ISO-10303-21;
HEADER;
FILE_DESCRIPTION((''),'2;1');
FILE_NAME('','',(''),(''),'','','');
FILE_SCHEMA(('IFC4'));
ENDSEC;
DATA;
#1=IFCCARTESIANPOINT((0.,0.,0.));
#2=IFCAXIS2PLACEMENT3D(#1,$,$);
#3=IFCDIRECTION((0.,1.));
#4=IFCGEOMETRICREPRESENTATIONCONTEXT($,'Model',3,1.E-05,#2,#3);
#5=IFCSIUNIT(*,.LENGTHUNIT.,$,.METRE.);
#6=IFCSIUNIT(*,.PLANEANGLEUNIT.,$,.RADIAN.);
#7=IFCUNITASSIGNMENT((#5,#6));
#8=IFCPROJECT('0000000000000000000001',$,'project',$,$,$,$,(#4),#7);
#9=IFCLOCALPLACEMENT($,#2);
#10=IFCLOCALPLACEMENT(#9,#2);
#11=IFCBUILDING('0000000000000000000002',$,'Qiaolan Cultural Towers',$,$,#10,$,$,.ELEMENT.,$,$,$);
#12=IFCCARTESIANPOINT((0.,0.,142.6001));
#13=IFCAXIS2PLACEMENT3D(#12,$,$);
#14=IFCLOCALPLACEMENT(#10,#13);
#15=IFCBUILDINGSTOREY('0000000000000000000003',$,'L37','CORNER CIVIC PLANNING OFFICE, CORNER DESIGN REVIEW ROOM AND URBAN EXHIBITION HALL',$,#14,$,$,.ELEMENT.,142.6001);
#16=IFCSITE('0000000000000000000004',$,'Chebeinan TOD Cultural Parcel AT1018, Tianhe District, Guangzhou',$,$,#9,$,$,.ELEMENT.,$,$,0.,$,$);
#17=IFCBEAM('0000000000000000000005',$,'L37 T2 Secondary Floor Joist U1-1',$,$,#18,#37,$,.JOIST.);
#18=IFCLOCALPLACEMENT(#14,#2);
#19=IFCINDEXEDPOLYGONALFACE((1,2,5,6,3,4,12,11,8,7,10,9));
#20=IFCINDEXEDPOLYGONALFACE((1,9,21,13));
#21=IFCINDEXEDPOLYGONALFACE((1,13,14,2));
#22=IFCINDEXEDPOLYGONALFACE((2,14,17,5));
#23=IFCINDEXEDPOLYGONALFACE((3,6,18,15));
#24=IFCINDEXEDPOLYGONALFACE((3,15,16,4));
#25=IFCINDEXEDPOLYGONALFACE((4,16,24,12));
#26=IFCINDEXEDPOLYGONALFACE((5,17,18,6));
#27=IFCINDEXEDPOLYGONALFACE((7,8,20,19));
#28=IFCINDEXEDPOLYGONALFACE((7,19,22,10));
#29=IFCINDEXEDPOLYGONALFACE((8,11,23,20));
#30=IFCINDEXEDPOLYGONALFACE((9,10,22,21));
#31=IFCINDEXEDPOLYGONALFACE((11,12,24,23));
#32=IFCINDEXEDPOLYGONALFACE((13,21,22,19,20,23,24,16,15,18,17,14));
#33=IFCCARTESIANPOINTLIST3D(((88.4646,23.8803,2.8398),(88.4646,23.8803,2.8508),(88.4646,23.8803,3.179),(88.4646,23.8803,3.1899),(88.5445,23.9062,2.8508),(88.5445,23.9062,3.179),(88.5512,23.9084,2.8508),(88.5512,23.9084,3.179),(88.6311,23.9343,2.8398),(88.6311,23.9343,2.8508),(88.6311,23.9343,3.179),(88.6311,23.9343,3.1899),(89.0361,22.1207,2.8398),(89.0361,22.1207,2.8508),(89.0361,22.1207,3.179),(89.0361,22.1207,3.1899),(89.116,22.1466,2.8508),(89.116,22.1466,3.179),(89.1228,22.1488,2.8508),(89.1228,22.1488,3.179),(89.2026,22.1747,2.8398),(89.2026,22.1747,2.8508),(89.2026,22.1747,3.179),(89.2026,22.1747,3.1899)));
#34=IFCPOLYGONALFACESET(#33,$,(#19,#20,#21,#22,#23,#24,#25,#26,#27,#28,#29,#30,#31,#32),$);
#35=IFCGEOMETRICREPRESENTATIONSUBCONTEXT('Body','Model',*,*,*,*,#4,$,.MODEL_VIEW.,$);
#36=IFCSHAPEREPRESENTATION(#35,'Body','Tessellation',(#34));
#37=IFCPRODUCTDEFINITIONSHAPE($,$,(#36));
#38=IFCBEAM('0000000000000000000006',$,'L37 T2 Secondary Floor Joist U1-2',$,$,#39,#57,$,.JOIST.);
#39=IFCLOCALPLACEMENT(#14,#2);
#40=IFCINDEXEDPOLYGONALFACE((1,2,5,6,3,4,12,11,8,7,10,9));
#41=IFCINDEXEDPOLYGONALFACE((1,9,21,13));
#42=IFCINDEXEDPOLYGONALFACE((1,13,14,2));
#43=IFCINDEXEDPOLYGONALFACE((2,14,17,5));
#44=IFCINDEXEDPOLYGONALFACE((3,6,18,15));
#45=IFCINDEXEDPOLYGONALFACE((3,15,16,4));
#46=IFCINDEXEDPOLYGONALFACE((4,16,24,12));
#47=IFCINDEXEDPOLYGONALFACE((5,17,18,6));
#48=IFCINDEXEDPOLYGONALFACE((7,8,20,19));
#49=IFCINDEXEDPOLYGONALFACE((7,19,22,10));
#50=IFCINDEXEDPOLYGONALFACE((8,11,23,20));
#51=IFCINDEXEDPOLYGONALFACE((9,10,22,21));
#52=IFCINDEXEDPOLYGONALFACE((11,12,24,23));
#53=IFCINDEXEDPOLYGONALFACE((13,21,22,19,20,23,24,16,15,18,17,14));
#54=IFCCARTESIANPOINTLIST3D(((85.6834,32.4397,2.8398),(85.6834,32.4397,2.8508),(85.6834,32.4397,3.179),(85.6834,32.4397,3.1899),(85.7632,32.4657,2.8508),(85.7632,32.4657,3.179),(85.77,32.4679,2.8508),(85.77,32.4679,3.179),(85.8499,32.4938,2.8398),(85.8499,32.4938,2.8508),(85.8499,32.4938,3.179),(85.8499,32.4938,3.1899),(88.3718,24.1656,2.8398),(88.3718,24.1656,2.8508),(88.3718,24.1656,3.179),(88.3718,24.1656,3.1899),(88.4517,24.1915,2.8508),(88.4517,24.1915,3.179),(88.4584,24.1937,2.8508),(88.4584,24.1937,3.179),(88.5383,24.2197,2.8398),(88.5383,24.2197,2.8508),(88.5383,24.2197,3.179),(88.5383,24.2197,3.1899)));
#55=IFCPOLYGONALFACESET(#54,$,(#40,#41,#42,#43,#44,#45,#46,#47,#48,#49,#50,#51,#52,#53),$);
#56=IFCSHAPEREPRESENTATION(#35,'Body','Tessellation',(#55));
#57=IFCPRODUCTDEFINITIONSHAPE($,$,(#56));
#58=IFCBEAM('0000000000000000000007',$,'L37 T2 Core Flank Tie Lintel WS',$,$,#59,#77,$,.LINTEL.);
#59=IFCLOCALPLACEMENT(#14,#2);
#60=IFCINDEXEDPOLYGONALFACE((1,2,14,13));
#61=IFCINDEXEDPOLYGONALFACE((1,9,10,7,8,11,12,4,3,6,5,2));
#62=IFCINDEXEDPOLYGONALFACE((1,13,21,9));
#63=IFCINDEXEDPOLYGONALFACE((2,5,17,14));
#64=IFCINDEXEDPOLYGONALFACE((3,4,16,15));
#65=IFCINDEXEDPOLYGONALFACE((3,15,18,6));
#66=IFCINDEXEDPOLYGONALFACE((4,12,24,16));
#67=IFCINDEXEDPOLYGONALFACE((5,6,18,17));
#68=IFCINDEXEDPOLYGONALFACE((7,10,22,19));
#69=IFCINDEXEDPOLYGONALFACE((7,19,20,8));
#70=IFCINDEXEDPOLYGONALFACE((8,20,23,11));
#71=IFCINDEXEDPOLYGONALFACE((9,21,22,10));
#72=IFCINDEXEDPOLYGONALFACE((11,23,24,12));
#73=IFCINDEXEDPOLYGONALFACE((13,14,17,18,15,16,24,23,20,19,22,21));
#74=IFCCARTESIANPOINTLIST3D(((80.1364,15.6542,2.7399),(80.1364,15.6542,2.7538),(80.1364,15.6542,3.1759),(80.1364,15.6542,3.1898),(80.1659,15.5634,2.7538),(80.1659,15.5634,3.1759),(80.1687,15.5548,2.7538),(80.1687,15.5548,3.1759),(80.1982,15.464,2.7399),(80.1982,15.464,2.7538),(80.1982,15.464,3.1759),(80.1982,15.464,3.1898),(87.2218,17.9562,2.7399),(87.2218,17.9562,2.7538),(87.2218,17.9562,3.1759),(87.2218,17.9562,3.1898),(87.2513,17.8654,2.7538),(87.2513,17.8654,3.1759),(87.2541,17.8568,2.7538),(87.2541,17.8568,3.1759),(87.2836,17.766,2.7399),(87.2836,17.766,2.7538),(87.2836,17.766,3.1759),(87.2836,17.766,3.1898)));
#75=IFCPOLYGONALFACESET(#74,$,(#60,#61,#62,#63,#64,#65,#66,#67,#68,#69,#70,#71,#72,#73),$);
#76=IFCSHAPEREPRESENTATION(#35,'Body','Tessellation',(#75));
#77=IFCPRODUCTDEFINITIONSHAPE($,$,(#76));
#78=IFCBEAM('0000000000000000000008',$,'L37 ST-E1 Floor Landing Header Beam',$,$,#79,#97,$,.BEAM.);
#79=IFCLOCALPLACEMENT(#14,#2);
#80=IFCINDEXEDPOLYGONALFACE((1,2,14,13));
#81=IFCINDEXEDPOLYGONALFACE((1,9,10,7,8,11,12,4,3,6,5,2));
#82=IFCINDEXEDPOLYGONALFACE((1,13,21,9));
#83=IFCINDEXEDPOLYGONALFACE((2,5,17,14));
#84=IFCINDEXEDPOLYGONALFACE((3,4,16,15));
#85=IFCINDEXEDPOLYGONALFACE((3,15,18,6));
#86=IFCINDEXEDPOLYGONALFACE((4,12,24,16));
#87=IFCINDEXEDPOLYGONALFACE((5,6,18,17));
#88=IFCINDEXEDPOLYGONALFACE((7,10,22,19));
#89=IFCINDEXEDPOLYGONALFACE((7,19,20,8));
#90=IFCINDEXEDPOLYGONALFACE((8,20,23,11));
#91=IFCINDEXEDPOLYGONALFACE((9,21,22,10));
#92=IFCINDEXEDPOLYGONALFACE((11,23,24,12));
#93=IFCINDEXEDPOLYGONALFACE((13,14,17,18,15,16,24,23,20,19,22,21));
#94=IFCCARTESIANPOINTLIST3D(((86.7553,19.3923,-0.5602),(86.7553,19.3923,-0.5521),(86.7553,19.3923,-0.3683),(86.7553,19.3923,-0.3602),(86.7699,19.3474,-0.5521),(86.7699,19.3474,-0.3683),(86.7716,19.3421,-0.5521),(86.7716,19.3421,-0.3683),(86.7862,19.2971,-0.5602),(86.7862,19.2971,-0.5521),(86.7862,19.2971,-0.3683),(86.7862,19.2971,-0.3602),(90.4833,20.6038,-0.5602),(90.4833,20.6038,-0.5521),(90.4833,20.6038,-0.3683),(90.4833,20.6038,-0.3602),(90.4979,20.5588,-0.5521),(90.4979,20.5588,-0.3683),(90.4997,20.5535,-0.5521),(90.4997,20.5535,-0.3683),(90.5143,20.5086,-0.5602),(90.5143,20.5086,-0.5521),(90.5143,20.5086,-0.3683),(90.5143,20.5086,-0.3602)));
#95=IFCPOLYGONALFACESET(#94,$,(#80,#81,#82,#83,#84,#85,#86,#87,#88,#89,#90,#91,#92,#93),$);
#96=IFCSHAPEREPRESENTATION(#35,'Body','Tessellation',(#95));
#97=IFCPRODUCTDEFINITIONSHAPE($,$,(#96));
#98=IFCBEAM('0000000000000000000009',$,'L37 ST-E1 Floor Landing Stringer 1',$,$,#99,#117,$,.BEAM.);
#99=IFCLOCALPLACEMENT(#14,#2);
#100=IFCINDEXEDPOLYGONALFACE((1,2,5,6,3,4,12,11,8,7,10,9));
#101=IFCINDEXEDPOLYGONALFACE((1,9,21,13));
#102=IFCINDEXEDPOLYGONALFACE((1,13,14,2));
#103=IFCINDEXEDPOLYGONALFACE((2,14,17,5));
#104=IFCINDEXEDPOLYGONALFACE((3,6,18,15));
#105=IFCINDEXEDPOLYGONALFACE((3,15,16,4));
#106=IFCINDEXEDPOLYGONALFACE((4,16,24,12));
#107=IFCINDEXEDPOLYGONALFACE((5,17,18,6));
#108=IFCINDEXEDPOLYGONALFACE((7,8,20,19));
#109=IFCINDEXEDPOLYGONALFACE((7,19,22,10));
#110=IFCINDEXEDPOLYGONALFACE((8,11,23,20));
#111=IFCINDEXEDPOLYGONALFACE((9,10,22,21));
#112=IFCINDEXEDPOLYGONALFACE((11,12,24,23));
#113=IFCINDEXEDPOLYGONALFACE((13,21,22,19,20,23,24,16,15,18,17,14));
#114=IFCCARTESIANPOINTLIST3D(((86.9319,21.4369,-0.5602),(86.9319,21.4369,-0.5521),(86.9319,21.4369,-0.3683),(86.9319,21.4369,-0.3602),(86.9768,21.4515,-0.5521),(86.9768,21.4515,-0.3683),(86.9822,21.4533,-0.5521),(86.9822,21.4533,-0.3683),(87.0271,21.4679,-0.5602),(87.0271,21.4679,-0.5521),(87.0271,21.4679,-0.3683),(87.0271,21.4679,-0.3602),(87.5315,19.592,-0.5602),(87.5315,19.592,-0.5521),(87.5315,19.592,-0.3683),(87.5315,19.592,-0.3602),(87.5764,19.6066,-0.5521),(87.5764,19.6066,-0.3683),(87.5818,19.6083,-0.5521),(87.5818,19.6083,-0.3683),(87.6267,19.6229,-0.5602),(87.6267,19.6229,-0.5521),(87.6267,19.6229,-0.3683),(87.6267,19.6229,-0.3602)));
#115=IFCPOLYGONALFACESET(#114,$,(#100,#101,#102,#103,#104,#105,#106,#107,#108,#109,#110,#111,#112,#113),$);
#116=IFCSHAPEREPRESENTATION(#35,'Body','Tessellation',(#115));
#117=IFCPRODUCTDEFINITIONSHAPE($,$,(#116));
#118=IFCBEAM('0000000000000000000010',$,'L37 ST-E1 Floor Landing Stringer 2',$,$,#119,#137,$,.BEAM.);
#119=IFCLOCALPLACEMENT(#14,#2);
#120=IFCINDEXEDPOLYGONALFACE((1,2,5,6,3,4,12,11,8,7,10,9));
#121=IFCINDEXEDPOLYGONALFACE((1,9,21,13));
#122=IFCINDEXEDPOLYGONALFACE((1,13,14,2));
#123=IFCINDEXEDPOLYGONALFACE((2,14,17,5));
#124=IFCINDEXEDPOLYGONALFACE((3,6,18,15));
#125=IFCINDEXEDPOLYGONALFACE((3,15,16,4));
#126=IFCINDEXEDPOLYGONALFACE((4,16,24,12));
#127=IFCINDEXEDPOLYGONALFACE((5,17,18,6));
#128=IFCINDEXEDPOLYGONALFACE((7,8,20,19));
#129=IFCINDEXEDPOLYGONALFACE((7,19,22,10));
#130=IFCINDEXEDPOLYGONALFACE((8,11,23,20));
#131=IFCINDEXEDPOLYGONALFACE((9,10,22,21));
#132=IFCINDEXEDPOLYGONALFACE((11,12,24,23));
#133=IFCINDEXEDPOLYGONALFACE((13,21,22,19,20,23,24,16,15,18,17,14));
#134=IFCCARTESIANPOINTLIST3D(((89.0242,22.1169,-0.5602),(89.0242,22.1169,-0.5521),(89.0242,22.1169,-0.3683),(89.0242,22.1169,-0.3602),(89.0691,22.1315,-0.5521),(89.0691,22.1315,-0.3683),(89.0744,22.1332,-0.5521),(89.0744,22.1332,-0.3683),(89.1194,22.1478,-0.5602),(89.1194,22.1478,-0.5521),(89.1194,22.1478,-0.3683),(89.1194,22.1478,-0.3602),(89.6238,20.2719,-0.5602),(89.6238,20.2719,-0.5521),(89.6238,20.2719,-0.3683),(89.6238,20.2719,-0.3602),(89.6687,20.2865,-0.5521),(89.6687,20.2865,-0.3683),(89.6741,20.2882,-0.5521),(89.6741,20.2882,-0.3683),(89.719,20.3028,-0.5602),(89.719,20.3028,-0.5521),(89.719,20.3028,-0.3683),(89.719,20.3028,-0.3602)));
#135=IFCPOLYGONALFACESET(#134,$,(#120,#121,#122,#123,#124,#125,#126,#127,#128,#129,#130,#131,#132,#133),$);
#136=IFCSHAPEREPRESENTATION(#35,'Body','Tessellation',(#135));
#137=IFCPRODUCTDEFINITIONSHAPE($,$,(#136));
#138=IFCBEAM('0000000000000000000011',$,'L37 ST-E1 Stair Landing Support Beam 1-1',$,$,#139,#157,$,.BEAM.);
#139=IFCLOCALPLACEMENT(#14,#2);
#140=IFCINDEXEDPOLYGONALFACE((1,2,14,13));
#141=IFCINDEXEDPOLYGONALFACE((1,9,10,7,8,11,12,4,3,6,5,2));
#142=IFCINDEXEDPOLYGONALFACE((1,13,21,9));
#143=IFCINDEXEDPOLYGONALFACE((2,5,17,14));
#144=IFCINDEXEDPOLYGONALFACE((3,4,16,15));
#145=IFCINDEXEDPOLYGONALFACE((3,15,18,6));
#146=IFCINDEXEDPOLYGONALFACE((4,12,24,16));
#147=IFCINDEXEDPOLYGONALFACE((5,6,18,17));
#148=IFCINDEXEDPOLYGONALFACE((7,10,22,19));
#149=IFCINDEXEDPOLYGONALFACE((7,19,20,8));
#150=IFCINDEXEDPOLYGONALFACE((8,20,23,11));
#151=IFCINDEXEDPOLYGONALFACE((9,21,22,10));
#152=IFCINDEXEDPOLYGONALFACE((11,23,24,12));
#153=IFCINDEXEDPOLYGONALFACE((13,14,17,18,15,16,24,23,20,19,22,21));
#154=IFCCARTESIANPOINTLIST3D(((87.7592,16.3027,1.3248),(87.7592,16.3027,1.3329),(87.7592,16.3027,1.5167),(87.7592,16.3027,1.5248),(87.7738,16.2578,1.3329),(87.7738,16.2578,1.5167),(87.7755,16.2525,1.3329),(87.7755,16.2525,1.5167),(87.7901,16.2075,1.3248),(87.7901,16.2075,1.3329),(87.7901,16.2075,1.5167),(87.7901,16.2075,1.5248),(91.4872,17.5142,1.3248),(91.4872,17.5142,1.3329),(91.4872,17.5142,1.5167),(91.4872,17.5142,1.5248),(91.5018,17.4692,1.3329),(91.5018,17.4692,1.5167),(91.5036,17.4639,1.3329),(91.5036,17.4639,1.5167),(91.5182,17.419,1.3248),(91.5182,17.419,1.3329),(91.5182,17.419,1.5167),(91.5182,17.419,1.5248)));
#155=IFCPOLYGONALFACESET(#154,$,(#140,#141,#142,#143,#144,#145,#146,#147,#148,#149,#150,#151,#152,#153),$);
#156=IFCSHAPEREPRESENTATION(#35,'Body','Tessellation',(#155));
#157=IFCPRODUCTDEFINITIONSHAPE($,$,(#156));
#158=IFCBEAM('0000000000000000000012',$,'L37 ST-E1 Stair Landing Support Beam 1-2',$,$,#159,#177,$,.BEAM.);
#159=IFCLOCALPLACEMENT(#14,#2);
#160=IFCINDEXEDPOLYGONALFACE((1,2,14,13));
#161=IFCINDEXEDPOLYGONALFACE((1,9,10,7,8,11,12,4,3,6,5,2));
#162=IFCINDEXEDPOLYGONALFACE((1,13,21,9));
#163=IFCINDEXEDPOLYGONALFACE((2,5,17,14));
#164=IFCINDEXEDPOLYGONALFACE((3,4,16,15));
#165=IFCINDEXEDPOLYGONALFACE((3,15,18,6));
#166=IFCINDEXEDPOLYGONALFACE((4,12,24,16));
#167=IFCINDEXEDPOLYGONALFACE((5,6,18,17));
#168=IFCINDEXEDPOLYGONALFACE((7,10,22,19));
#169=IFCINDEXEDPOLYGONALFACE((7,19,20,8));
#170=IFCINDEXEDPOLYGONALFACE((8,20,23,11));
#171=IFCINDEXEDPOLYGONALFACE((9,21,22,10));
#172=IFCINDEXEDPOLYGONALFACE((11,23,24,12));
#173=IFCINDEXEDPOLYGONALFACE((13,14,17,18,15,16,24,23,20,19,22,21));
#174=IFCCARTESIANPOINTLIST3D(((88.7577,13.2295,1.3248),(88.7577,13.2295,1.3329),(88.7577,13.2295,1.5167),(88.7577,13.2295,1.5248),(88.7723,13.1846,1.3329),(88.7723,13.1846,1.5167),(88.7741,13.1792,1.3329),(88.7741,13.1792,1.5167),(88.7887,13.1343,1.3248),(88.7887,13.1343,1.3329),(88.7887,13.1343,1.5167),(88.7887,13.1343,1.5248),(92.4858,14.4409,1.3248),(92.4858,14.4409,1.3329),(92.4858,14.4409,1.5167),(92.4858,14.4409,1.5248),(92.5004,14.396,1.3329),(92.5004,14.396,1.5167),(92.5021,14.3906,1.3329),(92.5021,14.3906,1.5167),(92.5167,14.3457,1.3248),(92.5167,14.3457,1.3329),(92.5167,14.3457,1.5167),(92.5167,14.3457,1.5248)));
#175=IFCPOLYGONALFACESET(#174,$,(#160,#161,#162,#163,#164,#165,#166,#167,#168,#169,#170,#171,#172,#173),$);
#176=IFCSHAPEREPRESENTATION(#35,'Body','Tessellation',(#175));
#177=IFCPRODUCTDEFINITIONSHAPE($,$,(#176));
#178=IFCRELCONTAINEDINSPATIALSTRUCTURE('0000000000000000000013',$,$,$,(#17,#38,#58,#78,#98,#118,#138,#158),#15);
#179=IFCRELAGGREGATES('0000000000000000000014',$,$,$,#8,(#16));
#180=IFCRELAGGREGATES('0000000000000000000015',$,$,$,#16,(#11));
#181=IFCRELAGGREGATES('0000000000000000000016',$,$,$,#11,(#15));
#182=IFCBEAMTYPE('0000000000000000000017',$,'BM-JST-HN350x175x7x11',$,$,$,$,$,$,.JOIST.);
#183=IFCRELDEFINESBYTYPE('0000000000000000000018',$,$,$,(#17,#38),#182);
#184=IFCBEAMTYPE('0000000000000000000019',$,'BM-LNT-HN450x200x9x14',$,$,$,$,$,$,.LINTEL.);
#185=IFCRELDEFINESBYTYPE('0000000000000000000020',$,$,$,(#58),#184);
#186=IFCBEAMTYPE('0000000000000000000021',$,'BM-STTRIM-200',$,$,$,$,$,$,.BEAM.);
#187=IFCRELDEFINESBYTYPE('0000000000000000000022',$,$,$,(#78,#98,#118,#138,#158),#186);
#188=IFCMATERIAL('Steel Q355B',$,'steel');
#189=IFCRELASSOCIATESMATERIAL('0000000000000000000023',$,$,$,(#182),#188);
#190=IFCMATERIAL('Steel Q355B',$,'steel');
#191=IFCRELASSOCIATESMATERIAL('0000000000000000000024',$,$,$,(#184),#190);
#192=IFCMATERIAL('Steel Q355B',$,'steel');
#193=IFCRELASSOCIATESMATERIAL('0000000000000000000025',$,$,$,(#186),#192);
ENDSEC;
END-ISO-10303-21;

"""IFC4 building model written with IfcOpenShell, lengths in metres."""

from ifc_helpers import new_model, si_unit, direction, frame, origin, origin_2d, place, context, subcontext, project, spatial, i_section, extrude, material, material_profile, profile_set, type_object, element, save


model = new_model("IFC4")

# Units and contexts
model_context = context("Model", 3, precision=1e-05, world=origin(), true_north=direction((0.0, 1.0)))
body_context = subcontext(model_context, "Body", "Model", "MODEL_VIEW")
ifc_project = project(units=[si_unit("LENGTHUNIT", "METRE"), si_unit("PLANEANGLEUNIT", "RADIAN")], contexts=[model_context])

# Site, building, storey
site_placement = place(None, origin())
site = spatial("IfcSite", under=ifc_project, at=site_placement, Name="Chebeinan TOD Cultural Parcel AT1018, Tianhe District, Guangzhou", CompositionType="ELEMENT", RefElevation=0.0)
building_placement = place(site_placement, origin())
building = spatial("IfcBuilding", under=site, at=building_placement, Name="Qiaolan Cultural Towers", CompositionType="ELEMENT")
storey_placement = place(building_placement, frame((0.0, 0.0, 142.6001)))
storey = spatial("IfcBuildingStorey", under=building, at=storey_placement, Name="L37", Description="CORNER CIVIC PLANNING OFFICE, CORNER DESIGN REVIEW ROOM AND URBAN EXHIBITION HALL", CompositionType="ELEMENT", Elevation=142.6001)

# Beams
ifc_material_1 = material(Name="Steel Q355B", Category="steel")
ifc_material_profile_1 = material_profile(ifc_material_1, i_section(OverallWidth=0.175, OverallDepth=0.3501, WebThickness=0.0071, FlangeThickness=0.011, at=origin_2d()), Name="HN350x175x7x11")
ifc_profile_set_1 = profile_set([ifc_material_profile_1], Name="Steel Q355B")
beam_type_1 = type_object("IfcBeamType", Name="BM-JST-HN350x175x7x11", PredefinedType="JOIST", material=ifc_profile_set_1)
beam_1_placement = place(storey_placement, frame((89.1194, 22.1477, 3.0149), z_axis=(-0.308934, 0.951084, 0.0), x_axis=(-0.951084, -0.308934, 0.0)))
element("IfcBeam", 1, at=beam_1_placement, inside=storey, type_object=beam_type_1, Name="L37 T2 Secondary Floor Joist U1-1", PredefinedType="JOIST", context=body_context, shape_type="SweptSolid", body=[
    extrude(i_section(OverallWidth=0.175, OverallDepth=0.3501, WebThickness=0.0071, FlangeThickness=0.011, at=origin_2d()), origin(), (0.0, 0.0, 1.0), 1.8501),
])
beam_2_placement = place(storey_placement, frame((88.4551, 24.1926, 3.0149), z_axis=(-0.309021, 0.951055, 0.0), x_axis=(-0.951055, -0.309021, 0.0)))
element("IfcBeam", 2, at=beam_2_placement, inside=storey, type_object=beam_type_1, Name="L37 T2 Secondary Floor Joist U1-2", PredefinedType="JOIST", context=body_context, shape_type="SweptSolid", body=[
    extrude(i_section(OverallWidth=0.175, OverallDepth=0.3501, WebThickness=0.0071, FlangeThickness=0.011, at=origin_2d()), origin(), (0.0, 0.0, 1.0), 8.7),
])
ifc_material_2 = material(Name="Steel Q355B", Category="steel")
ifc_material_profile_2 = material_profile(ifc_material_2, i_section(OverallWidth=0.2, OverallDepth=0.45, WebThickness=0.009, FlangeThickness=0.0139, at=origin_2d()), Name="HN450x200x9x14")
ifc_profile_set_2 = profile_set([ifc_material_profile_2], Name="Steel Q355B")
beam_type_2 = type_object("IfcBeamType", Name="BM-LNT-HN450x200x9x14", PredefinedType="LINTEL", material=ifc_profile_set_2)
beam_3_placement = place(storey_placement, frame((87.2527, 17.8611, 2.9648), z_axis=(-0.951064, -0.308993, 0.0), x_axis=(0.308993, -0.951064, 0.0)))
element("IfcBeam", 3, at=beam_3_placement, inside=storey, type_object=beam_type_2, Name="L37 T2 Core Flank Tie Lintel WS", PredefinedType="LINTEL", context=body_context, shape_type="SweptSolid", body=[
    extrude(i_section(OverallWidth=0.2, OverallDepth=0.45, WebThickness=0.009, FlangeThickness=0.0139, at=origin_2d()), origin(), (0.0, 0.0, 1.0), 7.45),
])
ifc_material_3 = material(Name="Steel Q355B", Category="steel")
ifc_material_profile_3 = material_profile(ifc_material_3, i_section(OverallWidth=0.1001, OverallDepth=0.2, WebThickness=0.0056, FlangeThickness=0.0081, at=origin_2d()), Name="HN200x100x5.5x8")
ifc_profile_set_3 = profile_set([ifc_material_profile_3], Name="Steel Q355B")
beam_type_3 = type_object("IfcBeamType", Name="BM-STTRIM-200", PredefinedType="BEAM", material=ifc_profile_set_3)
beam_4_placement = place(storey_placement, frame((86.7708, 19.3447, -0.4602), z_axis=(0.951048, 0.309044, 0.0), x_axis=(-0.309044, 0.951048, 0.0)))
element("IfcBeam", 4, at=beam_4_placement, inside=storey, type_object=beam_type_3, Name="L37 ST-E1 Floor Landing Header Beam", PredefinedType="BEAM", context=body_context, shape_type="SweptSolid", body=[
    extrude(i_section(OverallWidth=0.1001, OverallDepth=0.2, WebThickness=0.0056, FlangeThickness=0.0081, at=origin_2d()), origin(), (0.0, 0.0, 1.0), 3.9199),
])
for number, where, z_axis, x_axis, name in (
    (5, (86.9795, 21.4524, -0.4602), (0.309083, -0.951035, 0.0), (0.951035, 0.309083, 0.0), "L37 ST-E1 Floor Landing Stringer 1"),
    (6, (89.0718, 22.1323, -0.4602), (0.309083, -0.951035, 0.0), (0.951035, 0.309083, 0.0), "L37 ST-E1 Floor Landing Stringer 2"),
):
    element("IfcBeam", number, at=place(storey_placement, frame(where, z_axis=z_axis, x_axis=x_axis)), inside=storey, type_object=beam_type_3, Name=name, PredefinedType="BEAM", context=body_context, shape_type="SweptSolid", body=[
        extrude(i_section(OverallWidth=0.1001, OverallDepth=0.2, WebThickness=0.0056, FlangeThickness=0.0081, at=origin_2d()), origin(), (0.0, 0.0, 1.0), 1.9399),
    ])
for number, where, z_axis, x_axis, name in (
    (7, (87.7747, 16.2551, 1.4248), (0.951048, 0.309044, 0.0), (-0.309044, 0.951048, 0.0), "L37 ST-E1 Stair Landing Support Beam 1-1"),
    (8, (88.7732, 13.1819, 1.4248), (0.951048, 0.309044, 0.0), (-0.309044, 0.951048, 0.0), "L37 ST-E1 Stair Landing Support Beam 1-2"),
):
    element("IfcBeam", number, at=place(storey_placement, frame(where, z_axis=z_axis, x_axis=x_axis)), inside=storey, type_object=beam_type_3, Name=name, PredefinedType="BEAM", context=body_context, shape_type="SweptSolid", body=[
        extrude(i_section(OverallWidth=0.1001, OverallDepth=0.2, WebThickness=0.0056, FlangeThickness=0.0081, at=origin_2d()), origin(), (0.0, 0.0, 1.0), 3.9199),
    ])

save(model, "model.ifc")
